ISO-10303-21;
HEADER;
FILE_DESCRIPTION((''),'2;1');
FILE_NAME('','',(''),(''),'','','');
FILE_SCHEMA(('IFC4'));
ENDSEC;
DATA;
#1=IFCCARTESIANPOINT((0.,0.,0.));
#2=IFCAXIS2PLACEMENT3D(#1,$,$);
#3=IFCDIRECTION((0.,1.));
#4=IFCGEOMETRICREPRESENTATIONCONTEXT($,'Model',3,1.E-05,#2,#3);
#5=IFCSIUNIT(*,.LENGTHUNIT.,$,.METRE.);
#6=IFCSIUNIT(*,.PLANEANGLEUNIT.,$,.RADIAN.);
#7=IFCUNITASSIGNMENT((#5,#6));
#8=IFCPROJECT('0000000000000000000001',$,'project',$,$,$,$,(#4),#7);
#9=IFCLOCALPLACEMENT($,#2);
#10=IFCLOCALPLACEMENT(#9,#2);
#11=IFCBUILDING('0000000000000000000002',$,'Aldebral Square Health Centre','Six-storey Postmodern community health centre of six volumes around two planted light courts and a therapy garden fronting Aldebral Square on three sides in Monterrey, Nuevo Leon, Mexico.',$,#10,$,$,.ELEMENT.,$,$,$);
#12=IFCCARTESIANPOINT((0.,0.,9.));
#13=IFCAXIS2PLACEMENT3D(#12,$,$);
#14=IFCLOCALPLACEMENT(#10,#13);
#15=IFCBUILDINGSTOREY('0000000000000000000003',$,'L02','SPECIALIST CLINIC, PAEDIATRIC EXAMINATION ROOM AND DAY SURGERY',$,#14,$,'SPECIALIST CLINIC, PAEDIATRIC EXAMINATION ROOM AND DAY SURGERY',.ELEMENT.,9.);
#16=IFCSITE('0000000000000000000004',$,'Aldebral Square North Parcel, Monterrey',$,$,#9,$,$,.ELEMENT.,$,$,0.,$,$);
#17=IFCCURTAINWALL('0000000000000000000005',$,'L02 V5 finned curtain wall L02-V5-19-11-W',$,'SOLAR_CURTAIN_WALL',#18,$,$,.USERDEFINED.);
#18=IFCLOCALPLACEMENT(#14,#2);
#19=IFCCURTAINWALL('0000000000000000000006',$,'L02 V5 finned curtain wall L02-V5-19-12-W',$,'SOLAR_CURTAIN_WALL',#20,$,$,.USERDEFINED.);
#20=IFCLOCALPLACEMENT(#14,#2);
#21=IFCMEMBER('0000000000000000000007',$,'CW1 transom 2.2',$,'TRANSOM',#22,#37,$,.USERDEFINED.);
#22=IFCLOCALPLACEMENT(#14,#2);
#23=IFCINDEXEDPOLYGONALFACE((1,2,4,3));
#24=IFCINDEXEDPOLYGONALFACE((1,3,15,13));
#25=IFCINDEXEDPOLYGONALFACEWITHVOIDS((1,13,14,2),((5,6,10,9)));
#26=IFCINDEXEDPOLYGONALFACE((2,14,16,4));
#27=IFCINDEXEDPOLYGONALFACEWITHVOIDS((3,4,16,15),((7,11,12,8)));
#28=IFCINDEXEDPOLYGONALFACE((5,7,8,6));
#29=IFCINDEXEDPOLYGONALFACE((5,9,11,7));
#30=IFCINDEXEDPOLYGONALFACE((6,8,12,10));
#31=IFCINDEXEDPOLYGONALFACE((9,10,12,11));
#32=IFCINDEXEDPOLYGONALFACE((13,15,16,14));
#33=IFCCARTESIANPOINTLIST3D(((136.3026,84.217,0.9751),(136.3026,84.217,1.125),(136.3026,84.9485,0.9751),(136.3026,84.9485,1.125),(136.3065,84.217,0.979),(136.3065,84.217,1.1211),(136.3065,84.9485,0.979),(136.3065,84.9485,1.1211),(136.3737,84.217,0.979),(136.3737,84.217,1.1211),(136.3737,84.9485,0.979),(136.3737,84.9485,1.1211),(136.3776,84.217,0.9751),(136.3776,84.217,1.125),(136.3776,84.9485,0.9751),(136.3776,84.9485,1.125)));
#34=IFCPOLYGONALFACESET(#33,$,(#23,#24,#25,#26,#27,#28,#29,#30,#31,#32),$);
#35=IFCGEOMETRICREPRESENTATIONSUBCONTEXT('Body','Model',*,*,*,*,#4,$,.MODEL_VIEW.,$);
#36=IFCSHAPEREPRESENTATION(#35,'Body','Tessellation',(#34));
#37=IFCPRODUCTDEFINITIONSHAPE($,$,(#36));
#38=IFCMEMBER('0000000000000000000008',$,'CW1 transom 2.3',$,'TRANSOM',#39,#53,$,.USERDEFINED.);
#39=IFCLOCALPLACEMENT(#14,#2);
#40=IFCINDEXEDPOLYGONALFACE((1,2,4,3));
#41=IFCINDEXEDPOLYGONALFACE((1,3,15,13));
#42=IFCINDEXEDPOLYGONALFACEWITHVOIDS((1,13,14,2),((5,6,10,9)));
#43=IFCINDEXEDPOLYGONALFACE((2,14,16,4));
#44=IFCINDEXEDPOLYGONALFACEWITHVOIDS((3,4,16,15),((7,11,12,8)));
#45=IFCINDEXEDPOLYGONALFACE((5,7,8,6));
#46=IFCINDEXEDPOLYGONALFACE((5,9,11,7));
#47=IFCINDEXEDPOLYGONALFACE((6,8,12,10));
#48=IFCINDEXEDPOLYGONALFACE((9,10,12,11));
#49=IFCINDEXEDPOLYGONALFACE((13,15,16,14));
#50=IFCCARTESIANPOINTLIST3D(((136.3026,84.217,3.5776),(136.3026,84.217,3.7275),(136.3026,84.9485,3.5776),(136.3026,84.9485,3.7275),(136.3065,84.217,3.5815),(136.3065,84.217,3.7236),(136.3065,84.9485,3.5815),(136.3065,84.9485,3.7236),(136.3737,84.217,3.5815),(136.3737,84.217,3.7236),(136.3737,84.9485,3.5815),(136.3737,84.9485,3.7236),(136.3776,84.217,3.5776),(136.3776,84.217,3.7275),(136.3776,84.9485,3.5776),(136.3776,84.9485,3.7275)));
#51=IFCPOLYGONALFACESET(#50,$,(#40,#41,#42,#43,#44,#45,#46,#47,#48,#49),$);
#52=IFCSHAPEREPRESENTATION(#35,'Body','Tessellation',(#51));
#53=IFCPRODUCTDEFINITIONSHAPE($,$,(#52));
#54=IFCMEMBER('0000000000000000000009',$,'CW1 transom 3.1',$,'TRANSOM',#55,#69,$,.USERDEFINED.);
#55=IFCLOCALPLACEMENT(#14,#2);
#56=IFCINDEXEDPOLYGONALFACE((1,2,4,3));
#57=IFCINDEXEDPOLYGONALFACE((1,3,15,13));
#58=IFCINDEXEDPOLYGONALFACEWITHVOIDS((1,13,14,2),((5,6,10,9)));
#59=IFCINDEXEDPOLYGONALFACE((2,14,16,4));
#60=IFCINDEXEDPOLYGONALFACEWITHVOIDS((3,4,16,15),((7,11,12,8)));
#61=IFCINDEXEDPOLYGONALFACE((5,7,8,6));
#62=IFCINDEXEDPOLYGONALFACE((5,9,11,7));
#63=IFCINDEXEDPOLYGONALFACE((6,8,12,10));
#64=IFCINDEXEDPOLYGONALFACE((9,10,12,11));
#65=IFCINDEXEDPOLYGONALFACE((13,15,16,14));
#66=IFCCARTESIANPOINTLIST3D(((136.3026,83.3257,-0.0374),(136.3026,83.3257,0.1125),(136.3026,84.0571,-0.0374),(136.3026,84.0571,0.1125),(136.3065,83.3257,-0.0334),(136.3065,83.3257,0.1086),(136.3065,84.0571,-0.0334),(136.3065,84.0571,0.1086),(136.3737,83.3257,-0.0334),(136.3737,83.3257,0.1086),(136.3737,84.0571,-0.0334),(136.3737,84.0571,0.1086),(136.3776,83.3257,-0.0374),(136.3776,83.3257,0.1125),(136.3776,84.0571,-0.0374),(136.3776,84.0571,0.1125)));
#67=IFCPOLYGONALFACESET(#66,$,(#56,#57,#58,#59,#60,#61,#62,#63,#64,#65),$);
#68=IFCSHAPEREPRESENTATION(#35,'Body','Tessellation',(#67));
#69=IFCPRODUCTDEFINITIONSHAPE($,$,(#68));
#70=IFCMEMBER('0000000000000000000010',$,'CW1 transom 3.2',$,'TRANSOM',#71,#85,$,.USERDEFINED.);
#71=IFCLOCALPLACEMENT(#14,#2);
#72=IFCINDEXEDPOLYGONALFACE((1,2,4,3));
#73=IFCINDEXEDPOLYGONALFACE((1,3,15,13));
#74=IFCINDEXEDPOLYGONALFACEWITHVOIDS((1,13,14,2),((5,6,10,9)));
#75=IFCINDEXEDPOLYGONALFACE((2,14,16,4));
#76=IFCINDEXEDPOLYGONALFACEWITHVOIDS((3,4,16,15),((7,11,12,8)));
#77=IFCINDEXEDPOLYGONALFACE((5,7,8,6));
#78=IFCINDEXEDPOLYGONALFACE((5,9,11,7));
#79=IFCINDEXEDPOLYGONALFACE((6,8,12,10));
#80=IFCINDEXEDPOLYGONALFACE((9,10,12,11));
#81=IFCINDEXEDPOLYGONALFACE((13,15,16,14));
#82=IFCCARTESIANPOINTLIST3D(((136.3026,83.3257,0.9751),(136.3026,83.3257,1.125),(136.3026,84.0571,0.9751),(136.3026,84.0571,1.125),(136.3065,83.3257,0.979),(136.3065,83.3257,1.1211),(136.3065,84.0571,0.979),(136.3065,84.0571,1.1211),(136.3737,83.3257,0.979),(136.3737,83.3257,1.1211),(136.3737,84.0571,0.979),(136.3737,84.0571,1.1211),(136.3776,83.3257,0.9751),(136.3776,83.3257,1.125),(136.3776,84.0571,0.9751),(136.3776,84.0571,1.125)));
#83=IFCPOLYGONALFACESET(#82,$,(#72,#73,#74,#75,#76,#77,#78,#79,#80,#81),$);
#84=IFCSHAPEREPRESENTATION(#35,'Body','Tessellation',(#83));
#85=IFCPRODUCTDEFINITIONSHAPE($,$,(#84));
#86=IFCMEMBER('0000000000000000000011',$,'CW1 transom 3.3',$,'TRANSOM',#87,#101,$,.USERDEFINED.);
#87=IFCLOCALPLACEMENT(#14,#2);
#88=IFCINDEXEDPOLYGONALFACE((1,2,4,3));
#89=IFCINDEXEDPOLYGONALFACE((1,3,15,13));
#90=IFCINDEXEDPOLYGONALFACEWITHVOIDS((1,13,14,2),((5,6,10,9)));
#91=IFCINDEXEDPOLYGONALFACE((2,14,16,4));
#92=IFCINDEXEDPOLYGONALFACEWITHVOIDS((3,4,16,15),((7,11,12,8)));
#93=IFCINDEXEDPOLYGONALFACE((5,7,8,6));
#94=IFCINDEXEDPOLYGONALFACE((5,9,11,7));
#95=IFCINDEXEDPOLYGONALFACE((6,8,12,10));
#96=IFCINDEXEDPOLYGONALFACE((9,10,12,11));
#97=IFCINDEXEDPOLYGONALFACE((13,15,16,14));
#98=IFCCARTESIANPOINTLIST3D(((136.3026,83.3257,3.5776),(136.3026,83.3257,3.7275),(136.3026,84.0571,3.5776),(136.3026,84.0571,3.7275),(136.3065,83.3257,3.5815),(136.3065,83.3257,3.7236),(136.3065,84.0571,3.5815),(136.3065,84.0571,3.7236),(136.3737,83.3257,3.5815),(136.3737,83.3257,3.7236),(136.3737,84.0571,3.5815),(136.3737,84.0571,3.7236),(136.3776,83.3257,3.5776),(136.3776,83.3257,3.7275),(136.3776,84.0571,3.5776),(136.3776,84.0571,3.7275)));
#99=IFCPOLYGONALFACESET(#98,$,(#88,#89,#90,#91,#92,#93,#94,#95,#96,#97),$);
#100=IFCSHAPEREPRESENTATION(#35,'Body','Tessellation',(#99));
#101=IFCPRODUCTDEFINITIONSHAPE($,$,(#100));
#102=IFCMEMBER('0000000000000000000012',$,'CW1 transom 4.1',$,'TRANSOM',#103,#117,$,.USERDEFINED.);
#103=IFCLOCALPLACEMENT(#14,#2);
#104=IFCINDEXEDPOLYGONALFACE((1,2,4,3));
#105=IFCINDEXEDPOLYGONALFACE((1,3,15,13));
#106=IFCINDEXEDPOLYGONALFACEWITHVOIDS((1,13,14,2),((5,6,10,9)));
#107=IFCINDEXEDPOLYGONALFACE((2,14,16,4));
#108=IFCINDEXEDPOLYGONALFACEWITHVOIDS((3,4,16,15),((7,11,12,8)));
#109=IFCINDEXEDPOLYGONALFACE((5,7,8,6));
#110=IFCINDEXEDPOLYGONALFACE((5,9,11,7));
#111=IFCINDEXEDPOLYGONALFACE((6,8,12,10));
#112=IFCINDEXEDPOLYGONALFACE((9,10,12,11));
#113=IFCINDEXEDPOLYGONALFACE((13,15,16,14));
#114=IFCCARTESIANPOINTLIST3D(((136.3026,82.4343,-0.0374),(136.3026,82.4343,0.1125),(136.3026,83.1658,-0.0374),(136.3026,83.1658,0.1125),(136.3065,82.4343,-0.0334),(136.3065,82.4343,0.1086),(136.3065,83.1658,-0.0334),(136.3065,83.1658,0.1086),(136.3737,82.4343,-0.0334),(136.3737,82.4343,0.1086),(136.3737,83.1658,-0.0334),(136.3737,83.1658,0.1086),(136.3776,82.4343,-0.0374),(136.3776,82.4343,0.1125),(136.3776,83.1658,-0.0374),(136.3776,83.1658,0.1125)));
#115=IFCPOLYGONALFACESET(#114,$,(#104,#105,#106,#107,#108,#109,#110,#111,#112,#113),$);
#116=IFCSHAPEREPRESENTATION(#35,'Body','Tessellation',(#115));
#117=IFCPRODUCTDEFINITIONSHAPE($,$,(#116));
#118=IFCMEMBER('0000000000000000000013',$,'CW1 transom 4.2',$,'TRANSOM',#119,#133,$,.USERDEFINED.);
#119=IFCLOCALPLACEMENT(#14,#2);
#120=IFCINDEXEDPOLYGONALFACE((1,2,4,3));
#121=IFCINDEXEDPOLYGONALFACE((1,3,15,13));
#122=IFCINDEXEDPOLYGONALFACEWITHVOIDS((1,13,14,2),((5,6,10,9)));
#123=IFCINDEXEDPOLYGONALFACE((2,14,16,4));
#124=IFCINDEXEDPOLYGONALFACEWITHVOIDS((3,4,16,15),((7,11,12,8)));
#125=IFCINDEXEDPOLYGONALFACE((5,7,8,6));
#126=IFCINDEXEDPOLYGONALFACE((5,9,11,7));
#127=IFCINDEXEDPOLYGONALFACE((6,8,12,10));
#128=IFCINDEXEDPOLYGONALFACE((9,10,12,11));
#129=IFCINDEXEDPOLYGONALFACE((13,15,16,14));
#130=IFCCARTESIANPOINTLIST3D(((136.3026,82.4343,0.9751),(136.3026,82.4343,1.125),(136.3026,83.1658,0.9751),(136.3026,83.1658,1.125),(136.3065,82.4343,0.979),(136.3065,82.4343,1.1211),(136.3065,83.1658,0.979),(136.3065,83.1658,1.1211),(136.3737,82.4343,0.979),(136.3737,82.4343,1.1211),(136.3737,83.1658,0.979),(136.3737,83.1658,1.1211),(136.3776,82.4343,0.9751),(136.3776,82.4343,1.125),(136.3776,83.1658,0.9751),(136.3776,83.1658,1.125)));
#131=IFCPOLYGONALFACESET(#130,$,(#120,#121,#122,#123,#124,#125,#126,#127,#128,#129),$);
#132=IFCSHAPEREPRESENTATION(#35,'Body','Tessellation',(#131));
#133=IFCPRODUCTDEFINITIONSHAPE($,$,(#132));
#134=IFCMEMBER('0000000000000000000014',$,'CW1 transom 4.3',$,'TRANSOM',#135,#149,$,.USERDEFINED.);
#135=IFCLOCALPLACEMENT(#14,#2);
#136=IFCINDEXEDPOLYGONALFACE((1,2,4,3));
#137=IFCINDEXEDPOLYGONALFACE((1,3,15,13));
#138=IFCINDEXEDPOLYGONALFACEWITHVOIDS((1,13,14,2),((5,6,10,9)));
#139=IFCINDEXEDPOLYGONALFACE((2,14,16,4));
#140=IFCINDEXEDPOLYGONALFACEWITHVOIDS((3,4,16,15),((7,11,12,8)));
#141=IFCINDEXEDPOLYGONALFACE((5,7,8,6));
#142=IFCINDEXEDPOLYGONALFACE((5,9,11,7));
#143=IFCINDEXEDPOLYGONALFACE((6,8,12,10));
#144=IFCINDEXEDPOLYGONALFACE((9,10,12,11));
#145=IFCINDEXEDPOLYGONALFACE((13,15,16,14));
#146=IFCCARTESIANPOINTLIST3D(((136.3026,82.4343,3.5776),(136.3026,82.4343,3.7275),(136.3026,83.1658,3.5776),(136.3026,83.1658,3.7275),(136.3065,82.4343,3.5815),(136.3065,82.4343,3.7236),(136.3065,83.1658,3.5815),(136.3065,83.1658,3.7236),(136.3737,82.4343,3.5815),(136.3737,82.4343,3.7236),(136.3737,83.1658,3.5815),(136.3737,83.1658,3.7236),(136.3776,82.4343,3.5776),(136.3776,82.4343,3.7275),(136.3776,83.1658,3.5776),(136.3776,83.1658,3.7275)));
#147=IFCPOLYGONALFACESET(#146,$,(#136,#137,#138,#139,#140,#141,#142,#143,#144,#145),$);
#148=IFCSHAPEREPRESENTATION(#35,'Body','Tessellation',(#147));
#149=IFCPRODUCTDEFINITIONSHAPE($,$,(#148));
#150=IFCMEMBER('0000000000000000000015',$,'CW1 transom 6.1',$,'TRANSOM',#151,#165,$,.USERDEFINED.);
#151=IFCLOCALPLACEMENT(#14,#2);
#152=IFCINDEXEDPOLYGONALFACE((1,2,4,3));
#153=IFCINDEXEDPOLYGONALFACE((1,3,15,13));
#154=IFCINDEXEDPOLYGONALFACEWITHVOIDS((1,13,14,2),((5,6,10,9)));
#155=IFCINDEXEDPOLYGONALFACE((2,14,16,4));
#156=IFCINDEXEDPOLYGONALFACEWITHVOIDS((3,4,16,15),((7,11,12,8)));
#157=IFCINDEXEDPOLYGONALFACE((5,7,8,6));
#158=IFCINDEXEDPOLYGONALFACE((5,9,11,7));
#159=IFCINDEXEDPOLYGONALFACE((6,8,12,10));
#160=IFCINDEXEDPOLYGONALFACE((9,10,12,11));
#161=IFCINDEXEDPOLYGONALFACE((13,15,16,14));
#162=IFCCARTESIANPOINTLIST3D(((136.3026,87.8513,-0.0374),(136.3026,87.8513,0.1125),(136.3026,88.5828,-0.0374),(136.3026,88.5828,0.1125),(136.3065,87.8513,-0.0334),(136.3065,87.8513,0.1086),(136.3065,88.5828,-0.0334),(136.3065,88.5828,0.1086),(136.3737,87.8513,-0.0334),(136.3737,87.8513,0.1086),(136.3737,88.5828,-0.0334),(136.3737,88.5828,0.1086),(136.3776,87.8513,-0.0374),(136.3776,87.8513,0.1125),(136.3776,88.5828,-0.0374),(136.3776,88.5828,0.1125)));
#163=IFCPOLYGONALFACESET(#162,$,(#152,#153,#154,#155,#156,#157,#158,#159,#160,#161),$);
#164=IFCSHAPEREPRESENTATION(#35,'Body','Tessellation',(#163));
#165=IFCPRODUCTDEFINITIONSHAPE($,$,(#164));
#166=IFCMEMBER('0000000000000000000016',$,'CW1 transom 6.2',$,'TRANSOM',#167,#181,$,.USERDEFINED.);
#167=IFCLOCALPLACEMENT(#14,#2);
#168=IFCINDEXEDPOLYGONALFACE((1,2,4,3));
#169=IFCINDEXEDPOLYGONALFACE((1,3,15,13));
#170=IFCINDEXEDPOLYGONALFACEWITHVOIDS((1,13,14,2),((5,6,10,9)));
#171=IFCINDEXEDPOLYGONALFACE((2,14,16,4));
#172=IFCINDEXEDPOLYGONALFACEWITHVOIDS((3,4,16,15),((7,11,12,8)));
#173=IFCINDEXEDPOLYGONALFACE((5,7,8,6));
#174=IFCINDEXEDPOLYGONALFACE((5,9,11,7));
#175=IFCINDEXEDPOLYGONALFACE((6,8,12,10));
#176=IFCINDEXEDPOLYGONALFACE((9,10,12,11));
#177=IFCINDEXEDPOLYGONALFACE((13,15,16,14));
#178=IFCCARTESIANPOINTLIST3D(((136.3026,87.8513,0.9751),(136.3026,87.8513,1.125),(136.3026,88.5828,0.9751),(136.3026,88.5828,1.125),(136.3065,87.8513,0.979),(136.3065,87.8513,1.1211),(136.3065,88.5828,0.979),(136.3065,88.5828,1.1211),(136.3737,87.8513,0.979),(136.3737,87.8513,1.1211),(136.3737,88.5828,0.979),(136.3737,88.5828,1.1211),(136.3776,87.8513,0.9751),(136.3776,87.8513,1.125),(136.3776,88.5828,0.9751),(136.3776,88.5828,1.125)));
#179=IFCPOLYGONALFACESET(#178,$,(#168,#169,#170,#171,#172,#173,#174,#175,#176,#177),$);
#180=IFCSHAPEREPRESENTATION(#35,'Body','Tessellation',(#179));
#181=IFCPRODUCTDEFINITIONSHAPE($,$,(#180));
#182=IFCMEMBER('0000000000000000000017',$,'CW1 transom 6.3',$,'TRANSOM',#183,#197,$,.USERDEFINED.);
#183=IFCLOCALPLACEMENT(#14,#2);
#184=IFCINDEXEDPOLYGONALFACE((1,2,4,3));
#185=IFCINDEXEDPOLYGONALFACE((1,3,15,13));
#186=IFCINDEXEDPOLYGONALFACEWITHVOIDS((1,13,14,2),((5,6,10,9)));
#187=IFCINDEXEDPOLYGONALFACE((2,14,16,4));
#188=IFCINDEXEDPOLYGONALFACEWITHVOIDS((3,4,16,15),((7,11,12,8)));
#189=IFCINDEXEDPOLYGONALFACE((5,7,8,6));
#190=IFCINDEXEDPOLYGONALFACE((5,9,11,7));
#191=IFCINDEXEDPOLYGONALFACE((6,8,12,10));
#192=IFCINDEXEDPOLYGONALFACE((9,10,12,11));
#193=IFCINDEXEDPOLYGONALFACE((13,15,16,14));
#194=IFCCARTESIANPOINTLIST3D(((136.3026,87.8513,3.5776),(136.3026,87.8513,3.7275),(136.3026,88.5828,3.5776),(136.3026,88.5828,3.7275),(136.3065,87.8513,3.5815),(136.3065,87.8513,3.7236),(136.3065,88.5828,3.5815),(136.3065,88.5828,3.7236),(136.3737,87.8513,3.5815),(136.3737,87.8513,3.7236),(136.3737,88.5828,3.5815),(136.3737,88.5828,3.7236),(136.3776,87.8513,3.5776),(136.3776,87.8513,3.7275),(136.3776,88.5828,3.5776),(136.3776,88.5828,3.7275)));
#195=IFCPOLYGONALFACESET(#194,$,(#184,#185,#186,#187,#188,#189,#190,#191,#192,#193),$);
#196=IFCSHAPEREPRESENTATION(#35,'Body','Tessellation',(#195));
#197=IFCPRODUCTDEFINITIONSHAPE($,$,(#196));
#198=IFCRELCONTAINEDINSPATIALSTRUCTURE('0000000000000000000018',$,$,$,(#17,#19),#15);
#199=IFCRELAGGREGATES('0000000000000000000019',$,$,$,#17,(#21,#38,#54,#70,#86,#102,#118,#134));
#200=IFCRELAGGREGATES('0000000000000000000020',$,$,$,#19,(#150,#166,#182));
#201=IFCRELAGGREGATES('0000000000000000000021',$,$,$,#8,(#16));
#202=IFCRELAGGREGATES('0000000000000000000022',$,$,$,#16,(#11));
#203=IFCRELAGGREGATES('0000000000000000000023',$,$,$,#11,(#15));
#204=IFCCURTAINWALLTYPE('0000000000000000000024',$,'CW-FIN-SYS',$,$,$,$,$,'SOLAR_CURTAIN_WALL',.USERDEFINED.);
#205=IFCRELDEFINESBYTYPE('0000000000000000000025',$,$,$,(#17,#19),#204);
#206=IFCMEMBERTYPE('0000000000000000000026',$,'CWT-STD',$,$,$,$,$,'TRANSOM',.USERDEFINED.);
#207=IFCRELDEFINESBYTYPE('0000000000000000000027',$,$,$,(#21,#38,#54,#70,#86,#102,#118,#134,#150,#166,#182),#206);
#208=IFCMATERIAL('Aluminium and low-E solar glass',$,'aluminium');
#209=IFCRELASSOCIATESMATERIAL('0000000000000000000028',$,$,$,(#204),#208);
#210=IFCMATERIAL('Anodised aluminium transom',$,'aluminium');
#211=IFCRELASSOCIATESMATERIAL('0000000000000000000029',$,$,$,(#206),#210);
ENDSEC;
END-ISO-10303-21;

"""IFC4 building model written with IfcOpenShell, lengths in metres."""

from ifc_helpers import new_model, si_unit, direction, frame, origin, origin_2d, place, context, subcontext, project, spatial, hollow_rectangle, extrude, material, material_profile, profile_set, type_object, element, aggregate, save


model = new_model("IFC4")

# Units and contexts
model_context = context("Model", 3, precision=1e-05, world=origin(), true_north=direction((0.0, 1.0)))
body_context = subcontext(model_context, "Body", "Model", "MODEL_VIEW")
ifc_project = project(units=[si_unit("LENGTHUNIT", "METRE"), si_unit("PLANEANGLEUNIT", "RADIAN")], contexts=[model_context])

# Site, building, storey
site_placement = place(None, origin())
site = spatial("IfcSite", under=ifc_project, at=site_placement, Name="Aldebral Square North Parcel, Monterrey", CompositionType="ELEMENT", RefElevation=0.0)
building_placement = place(site_placement, origin())
building = spatial("IfcBuilding", under=site, at=building_placement, Name="Aldebral Square Health Centre", Description="Six-storey Postmodern community health centre of six volumes around two planted light courts and a therapy garden fronting Aldebral Square on three sides in Monterrey, Nuevo Leon, Mexico.", CompositionType="ELEMENT")
storey_placement = place(building_placement, frame((0.0, 0.0, 9.0)))
storey = spatial("IfcBuildingStorey", under=building, at=storey_placement, Name="L02", Description="SPECIALIST CLINIC, PAEDIATRIC EXAMINATION ROOM AND DAY SURGERY", LongName="SPECIALIST CLINIC, PAEDIATRIC EXAMINATION ROOM AND DAY SURGERY", CompositionType="ELEMENT", Elevation=9.0)

# Curtain walls
ifc_material_1 = material(Name="Aluminium and low-E solar glass", Category="aluminium")
curtain_wall_type = type_object("IfcCurtainWallType", Name="CW-FIN-SYS", ElementType="SOLAR_CURTAIN_WALL", PredefinedType="USERDEFINED", material=ifc_material_1)
curtain_wall_1_placement = place(storey_placement, origin())
curtain_wall_1 = element("IfcCurtainWall", 1, at=curtain_wall_1_placement, inside=storey, type_object=curtain_wall_type, Name="L02 V5 finned curtain wall L02-V5-19-11-W", ObjectType="SOLAR_CURTAIN_WALL", PredefinedType="USERDEFINED")
curtain_wall_2_placement = place(storey_placement, origin())
curtain_wall_2 = element("IfcCurtainWall", 2, at=curtain_wall_2_placement, inside=storey, type_object=curtain_wall_type, Name="L02 V5 finned curtain wall L02-V5-19-12-W", ObjectType="SOLAR_CURTAIN_WALL", PredefinedType="USERDEFINED")

# Members
ifc_material_2 = material(Name="Anodised aluminium transom", Category="aluminium")
ifc_material_profile_1 = material_profile(ifc_material_2, hollow_rectangle(XDim=0.075, YDim=0.1499, WallThickness=0.0039, at=origin_2d()), Name="CWT 75x150x4")
ifc_profile_set_1 = profile_set([ifc_material_profile_1], Name="Anodised aluminium transom")
member_type_1 = type_object("IfcMemberType", Name="CWT-STD", ElementType="TRANSOM", PredefinedType="USERDEFINED", material=ifc_profile_set_1)
member_1_placement = place(storey_placement, frame((136.3401, 84.9485, 1.05), z_axis=(0.0, -1.0, 0.0), x_axis=(1.0, 0.0, 0.0)))
member_1 = element("IfcMember", 3, at=member_1_placement, type_object=member_type_1, Name="CW1 transom 2.2", ObjectType="TRANSOM", PredefinedType="USERDEFINED", context=body_context, shape_type="SweptSolid", body=[
    extrude(hollow_rectangle(XDim=0.075, YDim=0.1499, WallThickness=0.0039, at=origin_2d()), origin(), (0.0, 0.0, 1.0), 0.7314),
])
member_2_placement = place(storey_placement, frame((136.3401, 84.9485, 3.6526), z_axis=(0.0, -1.0, 0.0), x_axis=(1.0, 0.0, 0.0)))
member_2 = element("IfcMember", 4, at=member_2_placement, type_object=member_type_1, Name="CW1 transom 2.3", ObjectType="TRANSOM", PredefinedType="USERDEFINED", context=body_context, shape_type="SweptSolid", body=[
    extrude(hollow_rectangle(XDim=0.075, YDim=0.1499, WallThickness=0.0039, at=origin_2d()), origin(), (0.0, 0.0, 1.0), 0.7314),
])
member_3_placement = place(storey_placement, frame((136.3401, 84.0571, 0.0376), z_axis=(0.0, -1.0, 0.0), x_axis=(1.0, 0.0, 0.0)))
member_3 = element("IfcMember", 5, at=member_3_placement, type_object=member_type_1, Name="CW1 transom 3.1", ObjectType="TRANSOM", PredefinedType="USERDEFINED", context=body_context, shape_type="SweptSolid", body=[
    extrude(hollow_rectangle(XDim=0.075, YDim=0.1499, WallThickness=0.0039, at=origin_2d()), origin(), (0.0, 0.0, 1.0), 0.7314),
])
member_4_placement = place(storey_placement, frame((136.3401, 84.0571, 1.05), z_axis=(0.0, -1.0, 0.0), x_axis=(1.0, 0.0, 0.0)))
member_4 = element("IfcMember", 6, at=member_4_placement, type_object=member_type_1, Name="CW1 transom 3.2", ObjectType="TRANSOM", PredefinedType="USERDEFINED", context=body_context, shape_type="SweptSolid", body=[
    extrude(hollow_rectangle(XDim=0.075, YDim=0.1499, WallThickness=0.0039, at=origin_2d()), origin(), (0.0, 0.0, 1.0), 0.7314),
])
member_5_placement = place(storey_placement, frame((136.3401, 84.0571, 3.6526), z_axis=(0.0, -1.0, 0.0), x_axis=(1.0, 0.0, 0.0)))
member_5 = element("IfcMember", 7, at=member_5_placement, type_object=member_type_1, Name="CW1 transom 3.3", ObjectType="TRANSOM", PredefinedType="USERDEFINED", context=body_context, shape_type="SweptSolid", body=[
    extrude(hollow_rectangle(XDim=0.075, YDim=0.1499, WallThickness=0.0039, at=origin_2d()), origin(), (0.0, 0.0, 1.0), 0.7314),
])
member_6_placement = place(storey_placement, frame((136.3401, 83.1658, 0.0376), z_axis=(0.0, -1.0, 0.0), x_axis=(1.0, 0.0, 0.0)))
member_6 = element("IfcMember", 8, at=member_6_placement, type_object=member_type_1, Name="CW1 transom 4.1", ObjectType="TRANSOM", PredefinedType="USERDEFINED", context=body_context, shape_type="SweptSolid", body=[
    extrude(hollow_rectangle(XDim=0.075, YDim=0.1499, WallThickness=0.0039, at=origin_2d()), origin(), (0.0, 0.0, 1.0), 0.7314),
])
member_7_placement = place(storey_placement, frame((136.3401, 83.1658, 1.05), z_axis=(0.0, -1.0, 0.0), x_axis=(1.0, 0.0, 0.0)))
member_7 = element("IfcMember", 9, at=member_7_placement, type_object=member_type_1, Name="CW1 transom 4.2", ObjectType="TRANSOM", PredefinedType="USERDEFINED", context=body_context, shape_type="SweptSolid", body=[
    extrude(hollow_rectangle(XDim=0.075, YDim=0.1499, WallThickness=0.0039, at=origin_2d()), origin(), (0.0, 0.0, 1.0), 0.7314),
])
member_8_placement = place(storey_placement, frame((136.3401, 83.1658, 3.6526), z_axis=(0.0, -1.0, 0.0), x_axis=(1.0, 0.0, 0.0)))
member_8 = element("IfcMember", 10, at=member_8_placement, type_object=member_type_1, Name="CW1 transom 4.3", ObjectType="TRANSOM", PredefinedType="USERDEFINED", context=body_context, shape_type="SweptSolid", body=[
    extrude(hollow_rectangle(XDim=0.075, YDim=0.1499, WallThickness=0.0039, at=origin_2d()), origin(), (0.0, 0.0, 1.0), 0.7314),
])
member_9_placement = place(storey_placement, frame((136.3401, 88.5828, 0.0376), z_axis=(0.0, -1.0, 0.0), x_axis=(1.0, 0.0, 0.0)))
member_9 = element("IfcMember", 11, at=member_9_placement, type_object=member_type_1, Name="CW1 transom 6.1", ObjectType="TRANSOM", PredefinedType="USERDEFINED", context=body_context, shape_type="SweptSolid", body=[
    extrude(hollow_rectangle(XDim=0.075, YDim=0.1499, WallThickness=0.0039, at=origin_2d()), origin(), (0.0, 0.0, 1.0), 0.7314),
])
member_10_placement = place(storey_placement, frame((136.3401, 88.5828, 1.05), z_axis=(0.0, -1.0, 0.0), x_axis=(1.0, 0.0, 0.0)))
member_10 = element("IfcMember", 12, at=member_10_placement, type_object=member_type_1, Name="CW1 transom 6.2", ObjectType="TRANSOM", PredefinedType="USERDEFINED", context=body_context, shape_type="SweptSolid", body=[
    extrude(hollow_rectangle(XDim=0.075, YDim=0.1499, WallThickness=0.0039, at=origin_2d()), origin(), (0.0, 0.0, 1.0), 0.7314),
])
member_11_placement = place(storey_placement, frame((136.3401, 88.5828, 3.6526), z_axis=(0.0, -1.0, 0.0), x_axis=(1.0, 0.0, 0.0)))
member_11 = element("IfcMember", 13, at=member_11_placement, type_object=member_type_1, Name="CW1 transom 6.3", ObjectType="TRANSOM", PredefinedType="USERDEFINED", context=body_context, shape_type="SweptSolid", body=[
    extrude(hollow_rectangle(XDim=0.075, YDim=0.1499, WallThickness=0.0039, at=origin_2d()), origin(), (0.0, 0.0, 1.0), 0.7314),
])

aggregate(curtain_wall_1, [member_1, member_2, member_3, member_4, member_5, member_6, member_7, member_8])
aggregate(curtain_wall_2, [member_9, member_10, member_11])

save(model, "model.ifc")
